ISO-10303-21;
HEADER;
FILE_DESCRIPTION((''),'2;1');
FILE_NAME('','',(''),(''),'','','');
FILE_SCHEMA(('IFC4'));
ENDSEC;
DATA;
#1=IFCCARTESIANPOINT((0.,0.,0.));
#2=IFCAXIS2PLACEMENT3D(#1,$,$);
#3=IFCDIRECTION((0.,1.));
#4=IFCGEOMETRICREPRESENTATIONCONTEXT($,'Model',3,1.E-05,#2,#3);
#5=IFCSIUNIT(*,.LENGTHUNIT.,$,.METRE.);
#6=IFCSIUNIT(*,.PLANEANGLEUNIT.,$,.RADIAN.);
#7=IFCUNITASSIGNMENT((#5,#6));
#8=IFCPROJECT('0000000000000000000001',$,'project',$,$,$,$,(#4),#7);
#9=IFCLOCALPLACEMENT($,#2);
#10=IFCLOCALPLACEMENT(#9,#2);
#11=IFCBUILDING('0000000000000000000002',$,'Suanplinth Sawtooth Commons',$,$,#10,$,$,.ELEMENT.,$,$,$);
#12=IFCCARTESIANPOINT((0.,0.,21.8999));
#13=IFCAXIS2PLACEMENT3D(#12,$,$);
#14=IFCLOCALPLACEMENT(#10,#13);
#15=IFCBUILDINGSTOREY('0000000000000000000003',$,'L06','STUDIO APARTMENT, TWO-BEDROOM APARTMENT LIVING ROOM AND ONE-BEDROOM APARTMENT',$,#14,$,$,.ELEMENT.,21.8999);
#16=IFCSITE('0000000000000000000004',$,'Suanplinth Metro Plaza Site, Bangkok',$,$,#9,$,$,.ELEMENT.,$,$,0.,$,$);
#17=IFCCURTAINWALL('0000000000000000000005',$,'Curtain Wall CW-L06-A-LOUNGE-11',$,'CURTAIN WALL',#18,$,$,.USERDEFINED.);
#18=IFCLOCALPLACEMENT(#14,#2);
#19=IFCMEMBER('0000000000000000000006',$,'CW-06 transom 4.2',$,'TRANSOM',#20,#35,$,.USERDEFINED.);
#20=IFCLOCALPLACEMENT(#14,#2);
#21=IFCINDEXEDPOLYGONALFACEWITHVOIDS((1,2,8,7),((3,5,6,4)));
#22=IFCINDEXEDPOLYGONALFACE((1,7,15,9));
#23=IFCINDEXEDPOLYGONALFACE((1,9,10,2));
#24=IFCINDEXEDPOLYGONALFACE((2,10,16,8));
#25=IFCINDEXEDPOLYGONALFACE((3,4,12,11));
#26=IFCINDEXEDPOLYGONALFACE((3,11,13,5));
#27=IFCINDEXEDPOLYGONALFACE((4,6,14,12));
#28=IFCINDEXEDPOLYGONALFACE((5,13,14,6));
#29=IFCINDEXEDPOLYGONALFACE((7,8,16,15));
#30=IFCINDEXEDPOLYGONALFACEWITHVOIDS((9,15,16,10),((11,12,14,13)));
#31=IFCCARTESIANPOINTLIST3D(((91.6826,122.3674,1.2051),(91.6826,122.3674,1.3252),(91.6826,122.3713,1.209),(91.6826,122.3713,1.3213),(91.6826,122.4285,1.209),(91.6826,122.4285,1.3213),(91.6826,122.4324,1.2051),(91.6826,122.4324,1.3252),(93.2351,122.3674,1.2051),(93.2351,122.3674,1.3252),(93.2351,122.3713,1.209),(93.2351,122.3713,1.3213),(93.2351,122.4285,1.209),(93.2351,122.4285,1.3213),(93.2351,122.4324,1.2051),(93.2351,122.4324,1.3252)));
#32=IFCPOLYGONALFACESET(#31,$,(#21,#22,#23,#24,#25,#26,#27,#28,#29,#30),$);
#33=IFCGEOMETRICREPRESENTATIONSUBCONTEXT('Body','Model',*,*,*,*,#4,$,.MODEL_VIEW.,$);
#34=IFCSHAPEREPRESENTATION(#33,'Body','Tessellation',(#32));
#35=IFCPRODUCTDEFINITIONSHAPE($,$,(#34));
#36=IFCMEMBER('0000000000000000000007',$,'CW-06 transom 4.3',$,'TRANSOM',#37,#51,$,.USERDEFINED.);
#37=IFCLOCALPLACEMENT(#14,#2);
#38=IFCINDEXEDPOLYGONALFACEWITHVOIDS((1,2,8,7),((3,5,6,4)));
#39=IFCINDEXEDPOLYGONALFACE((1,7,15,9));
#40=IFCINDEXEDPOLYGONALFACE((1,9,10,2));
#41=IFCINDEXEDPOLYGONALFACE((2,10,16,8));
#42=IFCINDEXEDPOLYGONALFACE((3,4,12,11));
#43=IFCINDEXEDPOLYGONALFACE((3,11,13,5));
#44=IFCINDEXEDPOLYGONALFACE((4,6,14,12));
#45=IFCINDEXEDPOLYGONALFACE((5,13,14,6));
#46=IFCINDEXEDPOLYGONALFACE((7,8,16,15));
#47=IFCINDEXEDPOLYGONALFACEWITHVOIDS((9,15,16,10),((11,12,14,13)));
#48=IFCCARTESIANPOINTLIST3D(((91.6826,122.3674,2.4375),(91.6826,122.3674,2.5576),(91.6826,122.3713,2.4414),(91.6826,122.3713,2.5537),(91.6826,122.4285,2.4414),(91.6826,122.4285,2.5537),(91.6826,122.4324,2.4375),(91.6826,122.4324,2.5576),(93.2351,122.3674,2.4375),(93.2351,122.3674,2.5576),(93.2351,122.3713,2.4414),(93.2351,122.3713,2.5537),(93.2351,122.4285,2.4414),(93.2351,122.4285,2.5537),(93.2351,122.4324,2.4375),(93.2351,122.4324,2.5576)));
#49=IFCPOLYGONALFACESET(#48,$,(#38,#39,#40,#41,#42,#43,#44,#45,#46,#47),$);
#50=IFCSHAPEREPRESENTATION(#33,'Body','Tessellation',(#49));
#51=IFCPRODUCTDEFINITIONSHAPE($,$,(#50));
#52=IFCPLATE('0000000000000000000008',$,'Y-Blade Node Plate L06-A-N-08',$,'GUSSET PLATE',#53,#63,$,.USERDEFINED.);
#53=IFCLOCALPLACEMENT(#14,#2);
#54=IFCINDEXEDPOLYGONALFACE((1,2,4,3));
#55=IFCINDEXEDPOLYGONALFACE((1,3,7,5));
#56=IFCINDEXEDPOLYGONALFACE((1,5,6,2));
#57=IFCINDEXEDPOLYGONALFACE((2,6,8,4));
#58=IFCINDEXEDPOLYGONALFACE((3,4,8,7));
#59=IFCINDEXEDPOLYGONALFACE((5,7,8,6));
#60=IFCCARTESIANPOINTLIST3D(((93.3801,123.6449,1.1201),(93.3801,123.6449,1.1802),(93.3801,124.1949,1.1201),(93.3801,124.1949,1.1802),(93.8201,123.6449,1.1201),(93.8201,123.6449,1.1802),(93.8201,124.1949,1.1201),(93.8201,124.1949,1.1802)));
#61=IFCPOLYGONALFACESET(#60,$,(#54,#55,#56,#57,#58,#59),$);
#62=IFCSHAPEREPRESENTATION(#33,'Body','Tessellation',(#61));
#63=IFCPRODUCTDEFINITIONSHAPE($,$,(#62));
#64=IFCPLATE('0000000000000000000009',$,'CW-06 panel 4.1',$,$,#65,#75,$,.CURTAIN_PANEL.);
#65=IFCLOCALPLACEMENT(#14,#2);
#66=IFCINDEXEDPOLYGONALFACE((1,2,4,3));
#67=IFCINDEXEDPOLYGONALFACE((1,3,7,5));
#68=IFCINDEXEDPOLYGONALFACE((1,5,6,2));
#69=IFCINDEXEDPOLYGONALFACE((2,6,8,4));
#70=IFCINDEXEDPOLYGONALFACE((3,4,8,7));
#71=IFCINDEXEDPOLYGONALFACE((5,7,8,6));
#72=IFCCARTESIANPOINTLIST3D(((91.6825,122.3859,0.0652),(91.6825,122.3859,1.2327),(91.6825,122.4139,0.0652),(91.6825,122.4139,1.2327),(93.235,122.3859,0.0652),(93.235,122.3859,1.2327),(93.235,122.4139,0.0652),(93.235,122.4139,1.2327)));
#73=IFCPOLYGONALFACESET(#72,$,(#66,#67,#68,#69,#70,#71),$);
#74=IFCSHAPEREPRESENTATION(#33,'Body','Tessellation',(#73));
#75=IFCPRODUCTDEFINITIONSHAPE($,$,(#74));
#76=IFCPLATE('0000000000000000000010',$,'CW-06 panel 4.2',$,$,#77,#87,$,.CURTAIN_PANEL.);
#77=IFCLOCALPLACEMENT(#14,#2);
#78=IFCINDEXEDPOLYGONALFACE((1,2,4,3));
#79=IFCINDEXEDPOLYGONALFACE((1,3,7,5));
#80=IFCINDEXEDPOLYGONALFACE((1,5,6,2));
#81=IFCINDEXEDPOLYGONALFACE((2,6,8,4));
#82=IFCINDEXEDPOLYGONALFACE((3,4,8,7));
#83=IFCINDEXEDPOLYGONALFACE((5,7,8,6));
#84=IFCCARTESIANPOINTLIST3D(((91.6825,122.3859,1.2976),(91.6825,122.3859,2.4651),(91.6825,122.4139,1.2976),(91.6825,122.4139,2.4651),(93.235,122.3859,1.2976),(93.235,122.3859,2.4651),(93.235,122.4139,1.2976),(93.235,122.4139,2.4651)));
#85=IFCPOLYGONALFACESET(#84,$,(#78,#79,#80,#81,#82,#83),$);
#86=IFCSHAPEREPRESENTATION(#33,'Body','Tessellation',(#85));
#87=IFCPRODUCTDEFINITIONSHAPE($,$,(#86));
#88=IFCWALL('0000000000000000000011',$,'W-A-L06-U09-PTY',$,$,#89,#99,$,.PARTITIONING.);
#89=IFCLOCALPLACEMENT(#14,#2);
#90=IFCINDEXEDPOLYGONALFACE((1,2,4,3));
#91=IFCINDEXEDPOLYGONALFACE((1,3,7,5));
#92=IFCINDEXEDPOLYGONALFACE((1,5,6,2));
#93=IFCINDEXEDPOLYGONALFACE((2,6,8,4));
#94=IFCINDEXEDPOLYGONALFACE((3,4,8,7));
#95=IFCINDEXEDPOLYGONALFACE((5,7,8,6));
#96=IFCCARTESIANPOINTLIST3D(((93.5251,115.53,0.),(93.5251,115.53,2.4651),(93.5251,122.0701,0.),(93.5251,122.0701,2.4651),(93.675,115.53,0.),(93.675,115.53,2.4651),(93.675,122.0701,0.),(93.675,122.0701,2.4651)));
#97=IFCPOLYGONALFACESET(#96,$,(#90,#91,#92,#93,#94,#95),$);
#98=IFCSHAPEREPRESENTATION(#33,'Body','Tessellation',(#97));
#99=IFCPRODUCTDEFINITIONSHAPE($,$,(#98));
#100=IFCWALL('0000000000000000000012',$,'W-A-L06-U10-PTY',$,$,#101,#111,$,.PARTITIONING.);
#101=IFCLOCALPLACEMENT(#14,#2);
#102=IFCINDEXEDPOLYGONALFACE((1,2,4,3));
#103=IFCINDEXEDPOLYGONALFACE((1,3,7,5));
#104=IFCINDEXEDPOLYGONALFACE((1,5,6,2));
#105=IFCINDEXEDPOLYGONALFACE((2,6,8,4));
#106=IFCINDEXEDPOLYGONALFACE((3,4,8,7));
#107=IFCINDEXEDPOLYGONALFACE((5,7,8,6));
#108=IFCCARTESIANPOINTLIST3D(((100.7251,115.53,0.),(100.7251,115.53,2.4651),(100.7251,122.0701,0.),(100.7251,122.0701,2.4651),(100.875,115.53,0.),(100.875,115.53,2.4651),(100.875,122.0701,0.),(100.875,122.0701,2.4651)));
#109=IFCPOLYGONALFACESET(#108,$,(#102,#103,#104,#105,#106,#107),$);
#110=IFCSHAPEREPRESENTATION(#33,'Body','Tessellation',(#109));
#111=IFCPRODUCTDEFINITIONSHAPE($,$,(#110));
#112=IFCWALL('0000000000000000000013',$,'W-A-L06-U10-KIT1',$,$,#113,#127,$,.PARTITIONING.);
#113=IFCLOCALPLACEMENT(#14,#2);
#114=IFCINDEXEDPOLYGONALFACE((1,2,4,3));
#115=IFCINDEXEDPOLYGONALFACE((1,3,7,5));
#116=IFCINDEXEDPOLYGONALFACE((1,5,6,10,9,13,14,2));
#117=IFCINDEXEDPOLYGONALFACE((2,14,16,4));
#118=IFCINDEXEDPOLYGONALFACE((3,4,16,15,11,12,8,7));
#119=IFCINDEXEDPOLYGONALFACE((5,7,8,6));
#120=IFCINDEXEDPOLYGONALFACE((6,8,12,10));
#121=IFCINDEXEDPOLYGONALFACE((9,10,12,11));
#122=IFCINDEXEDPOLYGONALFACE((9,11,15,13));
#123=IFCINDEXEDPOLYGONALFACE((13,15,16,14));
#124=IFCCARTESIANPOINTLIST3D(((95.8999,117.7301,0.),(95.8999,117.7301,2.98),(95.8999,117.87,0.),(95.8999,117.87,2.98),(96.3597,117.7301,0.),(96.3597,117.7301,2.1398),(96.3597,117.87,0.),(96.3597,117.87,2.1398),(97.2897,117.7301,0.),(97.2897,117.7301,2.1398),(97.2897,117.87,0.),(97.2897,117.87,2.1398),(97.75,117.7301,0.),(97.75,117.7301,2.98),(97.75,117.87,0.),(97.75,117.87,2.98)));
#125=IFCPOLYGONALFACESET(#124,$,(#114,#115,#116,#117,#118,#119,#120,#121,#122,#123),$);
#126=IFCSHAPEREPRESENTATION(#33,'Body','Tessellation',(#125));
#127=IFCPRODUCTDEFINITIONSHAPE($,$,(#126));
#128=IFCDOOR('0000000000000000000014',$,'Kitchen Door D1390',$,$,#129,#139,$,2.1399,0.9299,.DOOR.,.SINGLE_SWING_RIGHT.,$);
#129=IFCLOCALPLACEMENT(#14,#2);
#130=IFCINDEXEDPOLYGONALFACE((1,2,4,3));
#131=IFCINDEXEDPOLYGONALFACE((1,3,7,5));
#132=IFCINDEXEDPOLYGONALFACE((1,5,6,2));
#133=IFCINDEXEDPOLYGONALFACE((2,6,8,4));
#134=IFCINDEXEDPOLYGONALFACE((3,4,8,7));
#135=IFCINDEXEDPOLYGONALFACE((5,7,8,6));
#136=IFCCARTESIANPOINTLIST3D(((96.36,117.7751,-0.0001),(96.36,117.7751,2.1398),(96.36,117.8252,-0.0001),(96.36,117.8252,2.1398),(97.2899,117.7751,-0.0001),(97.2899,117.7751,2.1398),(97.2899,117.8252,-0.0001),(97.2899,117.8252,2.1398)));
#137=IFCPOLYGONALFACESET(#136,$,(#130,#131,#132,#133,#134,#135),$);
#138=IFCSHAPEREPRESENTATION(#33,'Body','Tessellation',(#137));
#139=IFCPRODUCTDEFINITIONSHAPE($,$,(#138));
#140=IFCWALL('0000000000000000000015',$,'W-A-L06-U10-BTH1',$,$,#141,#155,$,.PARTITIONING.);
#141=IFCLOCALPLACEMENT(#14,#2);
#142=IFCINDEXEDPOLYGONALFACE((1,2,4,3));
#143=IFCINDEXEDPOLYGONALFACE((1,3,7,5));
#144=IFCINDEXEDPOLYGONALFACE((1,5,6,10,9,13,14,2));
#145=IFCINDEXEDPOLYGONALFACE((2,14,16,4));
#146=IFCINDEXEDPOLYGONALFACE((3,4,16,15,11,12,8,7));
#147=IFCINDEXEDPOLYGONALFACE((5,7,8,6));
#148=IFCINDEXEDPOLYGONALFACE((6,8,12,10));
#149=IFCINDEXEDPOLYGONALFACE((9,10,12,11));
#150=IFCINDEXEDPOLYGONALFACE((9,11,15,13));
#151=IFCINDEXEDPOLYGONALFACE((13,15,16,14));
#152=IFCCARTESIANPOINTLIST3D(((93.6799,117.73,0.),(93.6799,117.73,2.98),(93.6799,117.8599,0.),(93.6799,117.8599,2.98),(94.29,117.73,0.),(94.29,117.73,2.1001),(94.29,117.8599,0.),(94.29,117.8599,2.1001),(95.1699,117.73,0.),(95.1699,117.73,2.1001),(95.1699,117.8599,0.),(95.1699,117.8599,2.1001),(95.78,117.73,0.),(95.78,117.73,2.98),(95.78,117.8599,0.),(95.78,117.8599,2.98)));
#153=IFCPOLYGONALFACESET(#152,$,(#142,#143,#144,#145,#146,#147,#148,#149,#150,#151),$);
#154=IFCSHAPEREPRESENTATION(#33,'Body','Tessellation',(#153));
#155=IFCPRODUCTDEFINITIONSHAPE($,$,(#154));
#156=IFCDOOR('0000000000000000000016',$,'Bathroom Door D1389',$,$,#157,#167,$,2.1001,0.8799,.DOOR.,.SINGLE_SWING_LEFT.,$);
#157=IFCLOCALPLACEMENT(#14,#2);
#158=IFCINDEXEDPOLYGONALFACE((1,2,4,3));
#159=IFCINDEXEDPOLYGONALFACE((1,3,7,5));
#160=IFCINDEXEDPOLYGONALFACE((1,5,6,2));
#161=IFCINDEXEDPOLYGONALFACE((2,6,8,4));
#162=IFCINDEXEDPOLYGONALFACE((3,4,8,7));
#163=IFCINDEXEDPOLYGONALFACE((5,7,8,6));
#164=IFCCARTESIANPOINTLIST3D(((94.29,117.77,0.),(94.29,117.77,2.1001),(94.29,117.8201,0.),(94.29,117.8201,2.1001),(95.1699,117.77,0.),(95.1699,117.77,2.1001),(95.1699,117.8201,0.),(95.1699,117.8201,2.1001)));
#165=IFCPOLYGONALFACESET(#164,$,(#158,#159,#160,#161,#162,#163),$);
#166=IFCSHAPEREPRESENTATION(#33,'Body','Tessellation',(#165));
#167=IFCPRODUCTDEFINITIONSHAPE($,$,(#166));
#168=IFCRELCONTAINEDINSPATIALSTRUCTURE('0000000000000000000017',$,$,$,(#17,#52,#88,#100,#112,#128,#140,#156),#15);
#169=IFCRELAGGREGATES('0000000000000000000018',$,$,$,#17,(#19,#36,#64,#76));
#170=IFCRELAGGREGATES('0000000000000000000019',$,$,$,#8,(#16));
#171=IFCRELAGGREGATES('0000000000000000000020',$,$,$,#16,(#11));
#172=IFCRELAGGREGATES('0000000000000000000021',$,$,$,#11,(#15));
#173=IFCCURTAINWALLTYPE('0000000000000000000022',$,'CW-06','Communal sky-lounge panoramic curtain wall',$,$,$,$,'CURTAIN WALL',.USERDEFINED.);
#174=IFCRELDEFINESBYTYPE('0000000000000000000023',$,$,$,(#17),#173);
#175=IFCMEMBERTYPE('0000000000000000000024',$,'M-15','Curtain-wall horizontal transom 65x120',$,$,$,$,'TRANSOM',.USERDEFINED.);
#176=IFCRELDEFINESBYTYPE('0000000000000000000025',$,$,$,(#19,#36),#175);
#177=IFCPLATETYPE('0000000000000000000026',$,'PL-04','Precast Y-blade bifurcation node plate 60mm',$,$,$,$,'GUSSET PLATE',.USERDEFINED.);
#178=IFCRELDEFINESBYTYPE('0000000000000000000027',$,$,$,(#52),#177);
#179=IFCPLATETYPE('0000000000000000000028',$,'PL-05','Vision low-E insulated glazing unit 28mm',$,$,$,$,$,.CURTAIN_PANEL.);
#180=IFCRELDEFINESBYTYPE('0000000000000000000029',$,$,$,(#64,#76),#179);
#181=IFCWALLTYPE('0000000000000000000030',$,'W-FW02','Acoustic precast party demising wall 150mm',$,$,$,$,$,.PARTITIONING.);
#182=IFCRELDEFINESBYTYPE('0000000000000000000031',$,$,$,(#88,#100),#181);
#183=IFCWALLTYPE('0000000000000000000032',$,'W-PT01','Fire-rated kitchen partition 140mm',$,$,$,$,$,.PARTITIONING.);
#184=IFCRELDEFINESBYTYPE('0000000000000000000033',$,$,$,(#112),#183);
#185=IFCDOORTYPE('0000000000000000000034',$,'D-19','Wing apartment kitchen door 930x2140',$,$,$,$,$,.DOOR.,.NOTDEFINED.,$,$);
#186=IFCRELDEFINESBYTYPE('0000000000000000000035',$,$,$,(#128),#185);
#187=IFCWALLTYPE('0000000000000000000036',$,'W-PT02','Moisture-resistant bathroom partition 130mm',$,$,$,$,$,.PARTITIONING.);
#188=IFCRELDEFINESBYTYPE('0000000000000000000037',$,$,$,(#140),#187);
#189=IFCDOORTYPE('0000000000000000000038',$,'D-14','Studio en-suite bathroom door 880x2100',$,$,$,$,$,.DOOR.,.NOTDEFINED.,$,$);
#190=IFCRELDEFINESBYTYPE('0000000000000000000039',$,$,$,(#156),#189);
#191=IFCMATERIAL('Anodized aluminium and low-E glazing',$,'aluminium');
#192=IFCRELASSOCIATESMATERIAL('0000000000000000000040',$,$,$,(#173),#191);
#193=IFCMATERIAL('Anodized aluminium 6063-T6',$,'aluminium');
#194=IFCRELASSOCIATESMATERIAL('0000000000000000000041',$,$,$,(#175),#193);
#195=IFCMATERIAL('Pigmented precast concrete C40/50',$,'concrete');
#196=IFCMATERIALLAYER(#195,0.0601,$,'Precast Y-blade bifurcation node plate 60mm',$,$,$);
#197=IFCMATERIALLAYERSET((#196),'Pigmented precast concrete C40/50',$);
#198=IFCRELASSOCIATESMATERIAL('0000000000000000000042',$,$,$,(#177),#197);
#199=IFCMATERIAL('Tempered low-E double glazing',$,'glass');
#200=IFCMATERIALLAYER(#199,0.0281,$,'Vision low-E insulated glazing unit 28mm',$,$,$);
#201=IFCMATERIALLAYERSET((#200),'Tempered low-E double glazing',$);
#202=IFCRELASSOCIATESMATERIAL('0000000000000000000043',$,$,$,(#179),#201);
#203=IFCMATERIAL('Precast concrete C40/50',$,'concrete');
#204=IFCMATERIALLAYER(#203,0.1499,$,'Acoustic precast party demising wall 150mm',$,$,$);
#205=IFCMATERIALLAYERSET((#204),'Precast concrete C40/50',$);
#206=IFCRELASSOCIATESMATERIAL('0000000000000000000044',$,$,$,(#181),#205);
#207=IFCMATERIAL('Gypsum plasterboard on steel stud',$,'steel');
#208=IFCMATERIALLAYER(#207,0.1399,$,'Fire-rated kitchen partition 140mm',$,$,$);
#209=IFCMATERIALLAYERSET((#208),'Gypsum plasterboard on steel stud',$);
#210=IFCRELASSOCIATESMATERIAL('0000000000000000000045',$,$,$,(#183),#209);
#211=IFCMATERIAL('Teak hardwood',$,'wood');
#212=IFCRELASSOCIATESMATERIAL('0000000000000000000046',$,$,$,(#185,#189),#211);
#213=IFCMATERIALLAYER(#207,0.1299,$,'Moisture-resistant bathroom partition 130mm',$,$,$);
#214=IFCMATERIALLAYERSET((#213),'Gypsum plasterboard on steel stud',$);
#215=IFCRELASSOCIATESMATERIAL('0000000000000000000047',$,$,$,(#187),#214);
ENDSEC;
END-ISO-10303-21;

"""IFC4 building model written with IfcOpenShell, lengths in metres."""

from ifc_helpers import new_model, si_unit, direction, frame, frame_2d, origin, origin_2d, place, context, subcontext, project, spatial, rectangle, hollow_rectangle, extrude, material, layer, layer_set, material_profile, profile_set, type_object, element, fill, aggregate, save


model = new_model("IFC4")

# Units and contexts
model_context = context("Model", 3, precision=1e-05, world=origin(), true_north=direction((0.0, 1.0)))
body_context = subcontext(model_context, "Body", "Model", "MODEL_VIEW")
ifc_project = project(units=[si_unit("LENGTHUNIT", "METRE"), si_unit("PLANEANGLEUNIT", "RADIAN")], contexts=[model_context])

# Site, building, storey
site_placement = place(None, origin())
site = spatial("IfcSite", under=ifc_project, at=site_placement, Name="Suanplinth Metro Plaza Site, Bangkok", CompositionType="ELEMENT", RefElevation=0.0)
building_placement = place(site_placement, origin())
building = spatial("IfcBuilding", under=site, at=building_placement, Name="Suanplinth Sawtooth Commons", CompositionType="ELEMENT")
storey_placement = place(building_placement, frame((0.0, 0.0, 21.8999)))
storey = spatial("IfcBuildingStorey", under=building, at=storey_placement, Name="L06", Description="STUDIO APARTMENT, TWO-BEDROOM APARTMENT LIVING ROOM AND ONE-BEDROOM APARTMENT", CompositionType="ELEMENT", Elevation=21.8999)

# Shared definitions
ifc_material_1 = material(Name="Precast concrete C40/50", Category="concrete")

# Shared definitions
ifc_material_2 = material(Name="Pigmented precast concrete C40/50", Category="concrete")

# Curtain wall, members
ifc_material_3 = material(Name="Anodized aluminium and low-E glazing", Category="aluminium")
curtain_wall_type = type_object("IfcCurtainWallType", Name="CW-06", Description="Communal sky-lounge panoramic curtain wall", ElementType="CURTAIN WALL", PredefinedType="USERDEFINED", material=ifc_material_3)
curtain_wall_placement = place(storey_placement, origin())
curtain_wall = element("IfcCurtainWall", 1, at=curtain_wall_placement, inside=storey, type_object=curtain_wall_type, Name="Curtain Wall CW-L06-A-LOUNGE-11", ObjectType="CURTAIN WALL", PredefinedType="USERDEFINED")
ifc_material_4 = material(Name="Anodized aluminium 6063-T6", Category="aluminium")
ifc_material_profile_1 = material_profile(ifc_material_4, hollow_rectangle(XDim=0.0649, YDim=0.1201, WallThickness=0.0039, at=origin_2d()), Name="ALU-TRN 65x120")
ifc_profile_set_1 = profile_set([ifc_material_profile_1], Name="Anodized aluminium 6063-T6")
member_type_1 = type_object("IfcMemberType", Name="M-15", Description="Curtain-wall horizontal transom 65x120", ElementType="TRANSOM", PredefinedType="USERDEFINED", material=ifc_profile_set_1)
member_1_placement = place(storey_placement, frame((91.6826, 122.3999, 1.2651), z_axis=(1.0, 0.0, 0.0), x_axis=(0.0, 1.0, 0.0)))
member_1 = element("IfcMember", 2, at=member_1_placement, type_object=member_type_1, Name="CW-06 transom 4.2", ObjectType="TRANSOM", PredefinedType="USERDEFINED", context=body_context, shape_type="SweptSolid", body=[
    extrude(hollow_rectangle(XDim=0.0649, YDim=0.1201, WallThickness=0.0039, at=origin_2d()), origin(), (0.0, 0.0, 1.0), 1.5525),
])
member_2_placement = place(storey_placement, frame((91.6826, 122.3999, 2.4976), z_axis=(1.0, 0.0, 0.0), x_axis=(0.0, 1.0, 0.0)))
member_2 = element("IfcMember", 3, at=member_2_placement, type_object=member_type_1, Name="CW-06 transom 4.3", ObjectType="TRANSOM", PredefinedType="USERDEFINED", context=body_context, shape_type="SweptSolid", body=[
    extrude(hollow_rectangle(XDim=0.0649, YDim=0.1201, WallThickness=0.0039, at=origin_2d()), origin(), (0.0, 0.0, 1.0), 1.5525),
])

# Plates
ifc_layer_1 = layer(ifc_material_2, 0.0601, Name="Precast Y-blade bifurcation node plate 60mm")
ifc_layer_set_1 = layer_set([ifc_layer_1], Name="Pigmented precast concrete C40/50")
plate_type_1 = type_object("IfcPlateType", Name="PL-04", Description="Precast Y-blade bifurcation node plate 60mm", ElementType="GUSSET PLATE", PredefinedType="USERDEFINED", material=ifc_layer_set_1)
plate_1_placement = place(storey_placement, frame((93.6001, 123.9199, 1.1201), z_axis=(0.0, 0.0, 1.0), x_axis=(1.0, 0.0, 0.0)))
element("IfcPlate", 4, at=plate_1_placement, inside=storey, type_object=plate_type_1, Name="Y-Blade Node Plate L06-A-N-08", ObjectType="GUSSET PLATE", PredefinedType="USERDEFINED", context=body_context, shape_type="SweptSolid", body=[
    extrude(rectangle(XDim=0.4399, YDim=0.55, at=origin_2d()), origin(), (0.0, 0.0, 1.0), 0.0601),
])
ifc_material_5 = material(Name="Tempered low-E double glazing", Category="glass")
ifc_layer_2 = layer(ifc_material_5, 0.0281, Name="Vision low-E insulated glazing unit 28mm")
ifc_layer_set_2 = layer_set([ifc_layer_2], Name="Tempered low-E double glazing")
plate_type_2 = type_object("IfcPlateType", Name="PL-05", Description="Vision low-E insulated glazing unit 28mm", PredefinedType="CURTAIN_PANEL", material=ifc_layer_set_2)
plate_2_placement = place(storey_placement, frame((92.4587, 122.3999, 0.0652), z_axis=(0.0, 0.0, 1.0), x_axis=(1.0, 0.0, 0.0)))
plate_2 = element("IfcPlate", 5, at=plate_2_placement, type_object=plate_type_2, Name="CW-06 panel 4.1", PredefinedType="CURTAIN_PANEL", context=body_context, shape_type="SweptSolid", body=[
    extrude(rectangle(XDim=1.5525, YDim=0.0281, at=origin_2d()), origin(), (0.0, 0.0, 1.0), 1.1675),
])
plate_3_placement = place(storey_placement, frame((92.4587, 122.3999, 1.2976), z_axis=(0.0, 0.0, 1.0), x_axis=(1.0, 0.0, 0.0)))
plate_3 = element("IfcPlate", 6, at=plate_3_placement, type_object=plate_type_2, Name="CW-06 panel 4.2", PredefinedType="CURTAIN_PANEL", context=body_context, shape_type="SweptSolid", body=[
    extrude(rectangle(XDim=1.5525, YDim=0.0281, at=origin_2d()), origin(), (0.0, 0.0, 1.0), 1.1675),
])
aggregate(curtain_wall, [member_1, member_2, plate_2, plate_3])

# Walls
ifc_layer_3 = layer(ifc_material_1, 0.1499, Name="Acoustic precast party demising wall 150mm")
ifc_layer_set_3 = layer_set([ifc_layer_3], Name="Precast concrete C40/50")
wall_type_1 = type_object("IfcWallType", Name="W-FW02", Description="Acoustic precast party demising wall 150mm", PredefinedType="PARTITIONING", material=ifc_layer_set_3)
for number, where, z_axis, x_axis, name in (
    (7, (93.6001, 115.53, 0.0), (0.0, 0.0, 1.0), (0.0, 1.0, 0.0), "W-A-L06-U09-PTY"),
    (8, (100.8, 115.53, 0.0), (0.0, 0.0, 1.0), (0.0, 1.0, 0.0), "W-A-L06-U10-PTY"),
):
    element("IfcWall", number, at=place(storey_placement, frame(where, z_axis=z_axis, x_axis=x_axis)), inside=storey, type_object=wall_type_1, Name=name, PredefinedType="PARTITIONING", context=body_context, shape_type="SweptSolid", body=[
        extrude(rectangle(XDim=6.54, YDim=0.1499, at=frame_2d((3.27, 0.0))), origin(), (0.0, 0.0, 1.0), 2.4651),
    ])

# Walls, openings, doors
ifc_material_6 = material(Name="Gypsum plasterboard on steel stud", Category="steel")
ifc_layer_4 = layer(ifc_material_6, 0.1399, Name="Fire-rated kitchen partition 140mm")
ifc_layer_set_4 = layer_set([ifc_layer_4], Name="Gypsum plasterboard on steel stud")
wall_type_2 = type_object("IfcWallType", Name="W-PT01", Description="Fire-rated kitchen partition 140mm", PredefinedType="PARTITIONING", material=ifc_layer_set_4)
wall_1_placement = place(storey_placement, frame((95.8999, 117.8, 0.0), z_axis=(0.0, 0.0, 1.0), x_axis=(1.0, 0.0, 0.0)))
wall_1 = element("IfcWall", 9, at=wall_1_placement, inside=storey, type_object=wall_type_2, Name="W-A-L06-U10-KIT1", PredefinedType="PARTITIONING", context=body_context, shape_type="SweptSolid", body=[
    extrude(rectangle(XDim=1.8501, YDim=0.1399, at=frame_2d((0.925, 0.0))), origin(), (0.0, 0.0, 1.0), 2.98),
])
opening_1_placement = place(wall_1_placement, frame((0.46, 0.0, 0.0)))
opening_1 = element("IfcOpeningElement", 10, at=opening_1_placement, cuts=wall_1, PredefinedType="OPENING", context=body_context, shape_type="SweptSolid", body=[
    extrude(rectangle(XDim=0.9299, YDim=2.1399, at=frame_2d((0.4648, 1.0698))), frame((0.0, 0.085, 0.0), z_axis=(0.0, -1.0, 0.0), x_axis=(1.0, 0.0, 0.0)), (0.0, 0.0, 1.0), 0.1697),
])
ifc_material_7 = material(Name="Teak hardwood", Category="wood")
door_type_1 = type_object("IfcDoorType", Name="D-19", Description="Wing apartment kitchen door 930x2140", OperationType="NOTDEFINED", PredefinedType="DOOR", material=ifc_material_7)
door_1_placement = place(opening_1_placement, frame((0.9299, 0.0, 0.0), z_axis=(0.0, 0.0, 1.0), x_axis=(-1.0, 0.0, 0.0)))
door_1 = element("IfcDoor", 11, at=door_1_placement, inside=storey, type_object=door_type_1, Name="Kitchen Door D1390", OperationType="SINGLE_SWING_RIGHT", OverallHeight=2.1399, OverallWidth=0.9299, PredefinedType="DOOR", context=body_context, shape_type="SweptSolid", body=[
    extrude(rectangle(XDim=0.9299, YDim=2.1399, at=frame_2d((0.4648, 1.0698))), frame((0.0, 0.0249, 0.0), z_axis=(0.0, -1.0, 0.0), x_axis=(1.0, 0.0, 0.0)), (0.0, 0.0, 1.0), 0.05),
])
fill(opening_1, door_1)
ifc_layer_5 = layer(ifc_material_6, 0.1299, Name="Moisture-resistant bathroom partition 130mm")
ifc_layer_set_5 = layer_set([ifc_layer_5], Name="Gypsum plasterboard on steel stud")
wall_type_3 = type_object("IfcWallType", Name="W-PT02", Description="Moisture-resistant bathroom partition 130mm", PredefinedType="PARTITIONING", material=ifc_layer_set_5)
wall_2_placement = place(storey_placement, frame((93.6799, 117.7949, 0.0), z_axis=(0.0, 0.0, 1.0), x_axis=(1.0, 0.0, 0.0)))
wall_2 = element("IfcWall", 12, at=wall_2_placement, inside=storey, type_object=wall_type_3, Name="W-A-L06-U10-BTH1", PredefinedType="PARTITIONING", context=body_context, shape_type="SweptSolid", body=[
    extrude(rectangle(XDim=2.1001, YDim=0.1299, at=frame_2d((1.05, 0.0))), origin(), (0.0, 0.0, 1.0), 2.98),
])
opening_2_placement = place(wall_2_placement, frame((0.6101, 0.0, 0.0)))
opening_2 = element("IfcOpeningElement", 13, at=opening_2_placement, cuts=wall_2, PredefinedType="OPENING", context=body_context, shape_type="SweptSolid", body=[
    extrude(rectangle(XDim=0.8799, YDim=2.1001, at=frame_2d((0.4399, 1.05))), frame((0.0, 0.0798, 0.0), z_axis=(0.0, -1.0, 0.0), x_axis=(1.0, 0.0, 0.0)), (0.0, 0.0, 1.0), 0.1597),
])
door_type_2 = type_object("IfcDoorType", Name="D-14", Description="Studio en-suite bathroom door 880x2100", OperationType="NOTDEFINED", PredefinedType="DOOR", material=ifc_material_7)
door_2_placement = place(opening_2_placement, frame((0.8799, 0.0, 0.0), z_axis=(0.0, 0.0, 1.0), x_axis=(-1.0, 0.0, 0.0)))
door_2 = element("IfcDoor", 14, at=door_2_placement, inside=storey, type_object=door_type_2, Name="Bathroom Door D1389", OperationType="SINGLE_SWING_LEFT", OverallHeight=2.1001, OverallWidth=0.8799, PredefinedType="DOOR", context=body_context, shape_type="SweptSolid", body=[
    extrude(rectangle(XDim=0.8799, YDim=2.1001, at=frame_2d((0.4399, 1.05))), frame((0.0, 0.0249, 0.0), z_axis=(0.0, -1.0, 0.0), x_axis=(1.0, 0.0, 0.0)), (0.0, 0.0, 1.0), 0.05),
])
fill(opening_2, door_2)

save(model, "model.ifc")
